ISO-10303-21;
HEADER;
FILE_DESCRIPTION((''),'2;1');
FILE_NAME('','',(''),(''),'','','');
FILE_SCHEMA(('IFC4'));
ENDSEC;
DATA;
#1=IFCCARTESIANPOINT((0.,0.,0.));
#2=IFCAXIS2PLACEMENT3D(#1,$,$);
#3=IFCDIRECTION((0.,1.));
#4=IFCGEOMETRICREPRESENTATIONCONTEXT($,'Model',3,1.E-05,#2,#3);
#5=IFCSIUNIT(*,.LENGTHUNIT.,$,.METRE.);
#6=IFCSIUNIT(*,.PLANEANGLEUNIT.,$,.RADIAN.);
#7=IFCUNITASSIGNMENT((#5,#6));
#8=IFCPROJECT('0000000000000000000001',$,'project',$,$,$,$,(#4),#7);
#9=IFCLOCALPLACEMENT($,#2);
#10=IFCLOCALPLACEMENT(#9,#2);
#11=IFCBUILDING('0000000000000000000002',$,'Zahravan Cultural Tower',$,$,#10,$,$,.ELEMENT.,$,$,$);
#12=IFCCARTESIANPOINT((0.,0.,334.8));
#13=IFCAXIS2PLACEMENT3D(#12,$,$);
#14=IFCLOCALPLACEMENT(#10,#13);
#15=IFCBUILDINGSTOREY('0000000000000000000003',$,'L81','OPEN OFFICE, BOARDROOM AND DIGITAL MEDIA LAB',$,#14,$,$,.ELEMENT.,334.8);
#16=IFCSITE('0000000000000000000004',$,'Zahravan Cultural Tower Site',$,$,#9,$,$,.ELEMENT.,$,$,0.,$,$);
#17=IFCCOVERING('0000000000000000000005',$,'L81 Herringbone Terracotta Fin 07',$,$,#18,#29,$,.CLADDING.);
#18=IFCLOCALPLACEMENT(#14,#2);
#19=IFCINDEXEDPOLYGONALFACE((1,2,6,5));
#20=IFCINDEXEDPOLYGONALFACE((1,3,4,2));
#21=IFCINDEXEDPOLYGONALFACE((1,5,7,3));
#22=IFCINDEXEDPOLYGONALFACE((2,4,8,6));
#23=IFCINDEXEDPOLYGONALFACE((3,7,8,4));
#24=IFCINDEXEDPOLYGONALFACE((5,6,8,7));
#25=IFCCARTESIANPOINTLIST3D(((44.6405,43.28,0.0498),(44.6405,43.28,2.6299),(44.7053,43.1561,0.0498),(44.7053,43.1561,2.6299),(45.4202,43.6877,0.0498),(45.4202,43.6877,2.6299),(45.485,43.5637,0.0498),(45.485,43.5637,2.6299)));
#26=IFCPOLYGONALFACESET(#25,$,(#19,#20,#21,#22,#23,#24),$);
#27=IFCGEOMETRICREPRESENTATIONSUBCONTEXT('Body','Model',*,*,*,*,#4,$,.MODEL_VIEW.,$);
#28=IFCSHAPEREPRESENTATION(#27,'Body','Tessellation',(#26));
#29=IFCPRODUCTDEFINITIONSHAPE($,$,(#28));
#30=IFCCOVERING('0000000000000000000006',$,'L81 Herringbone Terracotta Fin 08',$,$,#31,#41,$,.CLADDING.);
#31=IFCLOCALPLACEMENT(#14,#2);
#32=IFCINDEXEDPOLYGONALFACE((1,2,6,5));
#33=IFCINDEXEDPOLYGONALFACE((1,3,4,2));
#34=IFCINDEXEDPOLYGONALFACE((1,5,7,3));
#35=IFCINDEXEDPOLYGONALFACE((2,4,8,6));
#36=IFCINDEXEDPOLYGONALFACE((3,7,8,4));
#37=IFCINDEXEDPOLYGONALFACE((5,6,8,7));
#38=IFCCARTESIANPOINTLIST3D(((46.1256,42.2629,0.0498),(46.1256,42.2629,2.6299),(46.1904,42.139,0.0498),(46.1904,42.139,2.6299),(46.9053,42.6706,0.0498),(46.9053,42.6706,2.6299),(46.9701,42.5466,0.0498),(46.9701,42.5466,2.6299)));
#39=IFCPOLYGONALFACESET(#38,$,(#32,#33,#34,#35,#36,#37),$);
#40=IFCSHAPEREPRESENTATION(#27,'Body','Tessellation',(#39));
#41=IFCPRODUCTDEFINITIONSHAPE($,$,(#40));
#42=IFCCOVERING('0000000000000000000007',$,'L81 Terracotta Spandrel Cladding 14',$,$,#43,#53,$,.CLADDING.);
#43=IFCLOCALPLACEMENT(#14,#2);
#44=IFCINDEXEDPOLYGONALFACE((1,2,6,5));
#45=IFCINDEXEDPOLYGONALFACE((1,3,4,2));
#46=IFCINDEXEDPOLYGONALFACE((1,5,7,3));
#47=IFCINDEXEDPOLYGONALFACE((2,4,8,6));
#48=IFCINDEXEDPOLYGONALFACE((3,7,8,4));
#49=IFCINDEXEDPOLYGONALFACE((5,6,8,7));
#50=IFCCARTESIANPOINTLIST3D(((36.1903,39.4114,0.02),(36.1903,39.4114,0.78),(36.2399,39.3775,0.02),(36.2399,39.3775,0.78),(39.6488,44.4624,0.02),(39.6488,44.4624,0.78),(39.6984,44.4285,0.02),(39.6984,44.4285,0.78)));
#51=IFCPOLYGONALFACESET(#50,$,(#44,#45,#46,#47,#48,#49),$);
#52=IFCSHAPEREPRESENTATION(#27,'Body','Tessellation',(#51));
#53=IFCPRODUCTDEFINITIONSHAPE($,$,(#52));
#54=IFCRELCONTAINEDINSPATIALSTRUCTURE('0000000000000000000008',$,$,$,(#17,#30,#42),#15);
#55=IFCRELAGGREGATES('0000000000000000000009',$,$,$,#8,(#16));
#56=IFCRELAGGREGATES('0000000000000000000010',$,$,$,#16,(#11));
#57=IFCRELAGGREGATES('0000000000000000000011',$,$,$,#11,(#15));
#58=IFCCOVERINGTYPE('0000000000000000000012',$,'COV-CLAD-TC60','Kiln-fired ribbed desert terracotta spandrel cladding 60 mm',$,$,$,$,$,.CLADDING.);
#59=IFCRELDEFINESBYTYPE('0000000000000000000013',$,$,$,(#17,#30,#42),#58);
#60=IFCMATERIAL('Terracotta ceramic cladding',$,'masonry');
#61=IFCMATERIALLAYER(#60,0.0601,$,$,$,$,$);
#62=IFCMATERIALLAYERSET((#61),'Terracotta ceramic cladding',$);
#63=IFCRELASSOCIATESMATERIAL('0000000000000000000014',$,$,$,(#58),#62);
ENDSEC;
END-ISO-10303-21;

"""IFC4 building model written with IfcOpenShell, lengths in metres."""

from ifc_helpers import new_model, si_unit, direction, frame, origin, origin_2d, place, context, subcontext, project, spatial, rectangle, extrude, source, transform, mapped, material, layer, layer_set, type_object, element, save


model = new_model("IFC4")

# Units and contexts
model_context = context("Model", 3, precision=1e-05, world=origin(), true_north=direction((0.0, 1.0)))
body_context = subcontext(model_context, "Body", "Model", "MODEL_VIEW")
ifc_project = project(units=[si_unit("LENGTHUNIT", "METRE"), si_unit("PLANEANGLEUNIT", "RADIAN")], contexts=[model_context])

# Site, building, storey
site_placement = place(None, origin())
site = spatial("IfcSite", under=ifc_project, at=site_placement, Name="Zahravan Cultural Tower Site", CompositionType="ELEMENT", RefElevation=0.0)
building_placement = place(site_placement, origin())
building = spatial("IfcBuilding", under=site, at=building_placement, Name="Zahravan Cultural Tower", CompositionType="ELEMENT")
storey_placement = place(building_placement, frame((0.0, 0.0, 334.8)))
storey = spatial("IfcBuildingStorey", under=building, at=storey_placement, Name="L81", Description="OPEN OFFICE, BOARDROOM AND DIGITAL MEDIA LAB", CompositionType="ELEMENT", Elevation=334.8)

# Coverings
ifc_material_1 = material(Name="Terracotta ceramic cladding", Category="masonry")
ifc_layer_1 = layer(ifc_material_1, 0.0601)
ifc_layer_set_1 = layer_set([ifc_layer_1], Name="Terracotta ceramic cladding")
covering_type = type_object("IfcCoveringType", Name="COV-CLAD-TC60", Description="Kiln-fired ribbed desert terracotta spandrel cladding 60 mm", PredefinedType="CLADDING", material=ifc_layer_set_1)
shared_shape_1 = source(origin(), body_context, "Body", "SweptSolid", [
    extrude(rectangle(XDim=0.8799, YDim=0.1399, at=origin_2d()), origin(), (0.0, 0.0, 1.0), 2.5801),
])
for number, where, z_axis, x_axis, name in (
    (1, (45.0627, 43.4219, 0.0498), (0.0, 0.0, 1.0), (0.886195, 0.463312, 0.0), "L81 Herringbone Terracotta Fin 07"),
    (2, (46.5479, 42.4048, 0.0498), (0.0, 0.0, 1.0), (0.886195, 0.463312, 0.0), "L81 Herringbone Terracotta Fin 08"),
):
    element("IfcCovering", number, at=place(storey_placement, frame(where, z_axis=z_axis, x_axis=x_axis)), inside=storey, type_object=covering_type, Name=name, PredefinedType="CLADDING", context=body_context, shape_type="MappedRepresentation", body=[
        mapped(shared_shape_1, transform((0.0, 0.0, 0.0), x_axis=(1.0, 0.0, 0.0), y_axis=(0.0, 1.0, 0.0), z_axis=(0.0, 0.0, 1.0), scale=1.0)),
    ])
shared_shape_2 = source(origin(), body_context, "Body", "SweptSolid", [
    extrude(rectangle(XDim=6.1216, YDim=0.0601, at=origin_2d()), origin(), (0.0, 0.0, 1.0), 0.76),
])
covering_1_placement = place(storey_placement, frame((37.9443, 41.9199, 0.02), z_axis=(0.0, 0.0, 1.0), x_axis=(0.564967, 0.825113, 0.0)))
element("IfcCovering", 3, at=covering_1_placement, inside=storey, type_object=covering_type, Name="L81 Terracotta Spandrel Cladding 14", PredefinedType="CLADDING", context=body_context, shape_type="MappedRepresentation", body=[
    mapped(shared_shape_2, transform((0.0, 0.0, 0.0), x_axis=(1.0, 0.0, 0.0), y_axis=(0.0, 1.0, 0.0), z_axis=(0.0, 0.0, 1.0), scale=1.0)),
])

save(model, "model.ifc")
